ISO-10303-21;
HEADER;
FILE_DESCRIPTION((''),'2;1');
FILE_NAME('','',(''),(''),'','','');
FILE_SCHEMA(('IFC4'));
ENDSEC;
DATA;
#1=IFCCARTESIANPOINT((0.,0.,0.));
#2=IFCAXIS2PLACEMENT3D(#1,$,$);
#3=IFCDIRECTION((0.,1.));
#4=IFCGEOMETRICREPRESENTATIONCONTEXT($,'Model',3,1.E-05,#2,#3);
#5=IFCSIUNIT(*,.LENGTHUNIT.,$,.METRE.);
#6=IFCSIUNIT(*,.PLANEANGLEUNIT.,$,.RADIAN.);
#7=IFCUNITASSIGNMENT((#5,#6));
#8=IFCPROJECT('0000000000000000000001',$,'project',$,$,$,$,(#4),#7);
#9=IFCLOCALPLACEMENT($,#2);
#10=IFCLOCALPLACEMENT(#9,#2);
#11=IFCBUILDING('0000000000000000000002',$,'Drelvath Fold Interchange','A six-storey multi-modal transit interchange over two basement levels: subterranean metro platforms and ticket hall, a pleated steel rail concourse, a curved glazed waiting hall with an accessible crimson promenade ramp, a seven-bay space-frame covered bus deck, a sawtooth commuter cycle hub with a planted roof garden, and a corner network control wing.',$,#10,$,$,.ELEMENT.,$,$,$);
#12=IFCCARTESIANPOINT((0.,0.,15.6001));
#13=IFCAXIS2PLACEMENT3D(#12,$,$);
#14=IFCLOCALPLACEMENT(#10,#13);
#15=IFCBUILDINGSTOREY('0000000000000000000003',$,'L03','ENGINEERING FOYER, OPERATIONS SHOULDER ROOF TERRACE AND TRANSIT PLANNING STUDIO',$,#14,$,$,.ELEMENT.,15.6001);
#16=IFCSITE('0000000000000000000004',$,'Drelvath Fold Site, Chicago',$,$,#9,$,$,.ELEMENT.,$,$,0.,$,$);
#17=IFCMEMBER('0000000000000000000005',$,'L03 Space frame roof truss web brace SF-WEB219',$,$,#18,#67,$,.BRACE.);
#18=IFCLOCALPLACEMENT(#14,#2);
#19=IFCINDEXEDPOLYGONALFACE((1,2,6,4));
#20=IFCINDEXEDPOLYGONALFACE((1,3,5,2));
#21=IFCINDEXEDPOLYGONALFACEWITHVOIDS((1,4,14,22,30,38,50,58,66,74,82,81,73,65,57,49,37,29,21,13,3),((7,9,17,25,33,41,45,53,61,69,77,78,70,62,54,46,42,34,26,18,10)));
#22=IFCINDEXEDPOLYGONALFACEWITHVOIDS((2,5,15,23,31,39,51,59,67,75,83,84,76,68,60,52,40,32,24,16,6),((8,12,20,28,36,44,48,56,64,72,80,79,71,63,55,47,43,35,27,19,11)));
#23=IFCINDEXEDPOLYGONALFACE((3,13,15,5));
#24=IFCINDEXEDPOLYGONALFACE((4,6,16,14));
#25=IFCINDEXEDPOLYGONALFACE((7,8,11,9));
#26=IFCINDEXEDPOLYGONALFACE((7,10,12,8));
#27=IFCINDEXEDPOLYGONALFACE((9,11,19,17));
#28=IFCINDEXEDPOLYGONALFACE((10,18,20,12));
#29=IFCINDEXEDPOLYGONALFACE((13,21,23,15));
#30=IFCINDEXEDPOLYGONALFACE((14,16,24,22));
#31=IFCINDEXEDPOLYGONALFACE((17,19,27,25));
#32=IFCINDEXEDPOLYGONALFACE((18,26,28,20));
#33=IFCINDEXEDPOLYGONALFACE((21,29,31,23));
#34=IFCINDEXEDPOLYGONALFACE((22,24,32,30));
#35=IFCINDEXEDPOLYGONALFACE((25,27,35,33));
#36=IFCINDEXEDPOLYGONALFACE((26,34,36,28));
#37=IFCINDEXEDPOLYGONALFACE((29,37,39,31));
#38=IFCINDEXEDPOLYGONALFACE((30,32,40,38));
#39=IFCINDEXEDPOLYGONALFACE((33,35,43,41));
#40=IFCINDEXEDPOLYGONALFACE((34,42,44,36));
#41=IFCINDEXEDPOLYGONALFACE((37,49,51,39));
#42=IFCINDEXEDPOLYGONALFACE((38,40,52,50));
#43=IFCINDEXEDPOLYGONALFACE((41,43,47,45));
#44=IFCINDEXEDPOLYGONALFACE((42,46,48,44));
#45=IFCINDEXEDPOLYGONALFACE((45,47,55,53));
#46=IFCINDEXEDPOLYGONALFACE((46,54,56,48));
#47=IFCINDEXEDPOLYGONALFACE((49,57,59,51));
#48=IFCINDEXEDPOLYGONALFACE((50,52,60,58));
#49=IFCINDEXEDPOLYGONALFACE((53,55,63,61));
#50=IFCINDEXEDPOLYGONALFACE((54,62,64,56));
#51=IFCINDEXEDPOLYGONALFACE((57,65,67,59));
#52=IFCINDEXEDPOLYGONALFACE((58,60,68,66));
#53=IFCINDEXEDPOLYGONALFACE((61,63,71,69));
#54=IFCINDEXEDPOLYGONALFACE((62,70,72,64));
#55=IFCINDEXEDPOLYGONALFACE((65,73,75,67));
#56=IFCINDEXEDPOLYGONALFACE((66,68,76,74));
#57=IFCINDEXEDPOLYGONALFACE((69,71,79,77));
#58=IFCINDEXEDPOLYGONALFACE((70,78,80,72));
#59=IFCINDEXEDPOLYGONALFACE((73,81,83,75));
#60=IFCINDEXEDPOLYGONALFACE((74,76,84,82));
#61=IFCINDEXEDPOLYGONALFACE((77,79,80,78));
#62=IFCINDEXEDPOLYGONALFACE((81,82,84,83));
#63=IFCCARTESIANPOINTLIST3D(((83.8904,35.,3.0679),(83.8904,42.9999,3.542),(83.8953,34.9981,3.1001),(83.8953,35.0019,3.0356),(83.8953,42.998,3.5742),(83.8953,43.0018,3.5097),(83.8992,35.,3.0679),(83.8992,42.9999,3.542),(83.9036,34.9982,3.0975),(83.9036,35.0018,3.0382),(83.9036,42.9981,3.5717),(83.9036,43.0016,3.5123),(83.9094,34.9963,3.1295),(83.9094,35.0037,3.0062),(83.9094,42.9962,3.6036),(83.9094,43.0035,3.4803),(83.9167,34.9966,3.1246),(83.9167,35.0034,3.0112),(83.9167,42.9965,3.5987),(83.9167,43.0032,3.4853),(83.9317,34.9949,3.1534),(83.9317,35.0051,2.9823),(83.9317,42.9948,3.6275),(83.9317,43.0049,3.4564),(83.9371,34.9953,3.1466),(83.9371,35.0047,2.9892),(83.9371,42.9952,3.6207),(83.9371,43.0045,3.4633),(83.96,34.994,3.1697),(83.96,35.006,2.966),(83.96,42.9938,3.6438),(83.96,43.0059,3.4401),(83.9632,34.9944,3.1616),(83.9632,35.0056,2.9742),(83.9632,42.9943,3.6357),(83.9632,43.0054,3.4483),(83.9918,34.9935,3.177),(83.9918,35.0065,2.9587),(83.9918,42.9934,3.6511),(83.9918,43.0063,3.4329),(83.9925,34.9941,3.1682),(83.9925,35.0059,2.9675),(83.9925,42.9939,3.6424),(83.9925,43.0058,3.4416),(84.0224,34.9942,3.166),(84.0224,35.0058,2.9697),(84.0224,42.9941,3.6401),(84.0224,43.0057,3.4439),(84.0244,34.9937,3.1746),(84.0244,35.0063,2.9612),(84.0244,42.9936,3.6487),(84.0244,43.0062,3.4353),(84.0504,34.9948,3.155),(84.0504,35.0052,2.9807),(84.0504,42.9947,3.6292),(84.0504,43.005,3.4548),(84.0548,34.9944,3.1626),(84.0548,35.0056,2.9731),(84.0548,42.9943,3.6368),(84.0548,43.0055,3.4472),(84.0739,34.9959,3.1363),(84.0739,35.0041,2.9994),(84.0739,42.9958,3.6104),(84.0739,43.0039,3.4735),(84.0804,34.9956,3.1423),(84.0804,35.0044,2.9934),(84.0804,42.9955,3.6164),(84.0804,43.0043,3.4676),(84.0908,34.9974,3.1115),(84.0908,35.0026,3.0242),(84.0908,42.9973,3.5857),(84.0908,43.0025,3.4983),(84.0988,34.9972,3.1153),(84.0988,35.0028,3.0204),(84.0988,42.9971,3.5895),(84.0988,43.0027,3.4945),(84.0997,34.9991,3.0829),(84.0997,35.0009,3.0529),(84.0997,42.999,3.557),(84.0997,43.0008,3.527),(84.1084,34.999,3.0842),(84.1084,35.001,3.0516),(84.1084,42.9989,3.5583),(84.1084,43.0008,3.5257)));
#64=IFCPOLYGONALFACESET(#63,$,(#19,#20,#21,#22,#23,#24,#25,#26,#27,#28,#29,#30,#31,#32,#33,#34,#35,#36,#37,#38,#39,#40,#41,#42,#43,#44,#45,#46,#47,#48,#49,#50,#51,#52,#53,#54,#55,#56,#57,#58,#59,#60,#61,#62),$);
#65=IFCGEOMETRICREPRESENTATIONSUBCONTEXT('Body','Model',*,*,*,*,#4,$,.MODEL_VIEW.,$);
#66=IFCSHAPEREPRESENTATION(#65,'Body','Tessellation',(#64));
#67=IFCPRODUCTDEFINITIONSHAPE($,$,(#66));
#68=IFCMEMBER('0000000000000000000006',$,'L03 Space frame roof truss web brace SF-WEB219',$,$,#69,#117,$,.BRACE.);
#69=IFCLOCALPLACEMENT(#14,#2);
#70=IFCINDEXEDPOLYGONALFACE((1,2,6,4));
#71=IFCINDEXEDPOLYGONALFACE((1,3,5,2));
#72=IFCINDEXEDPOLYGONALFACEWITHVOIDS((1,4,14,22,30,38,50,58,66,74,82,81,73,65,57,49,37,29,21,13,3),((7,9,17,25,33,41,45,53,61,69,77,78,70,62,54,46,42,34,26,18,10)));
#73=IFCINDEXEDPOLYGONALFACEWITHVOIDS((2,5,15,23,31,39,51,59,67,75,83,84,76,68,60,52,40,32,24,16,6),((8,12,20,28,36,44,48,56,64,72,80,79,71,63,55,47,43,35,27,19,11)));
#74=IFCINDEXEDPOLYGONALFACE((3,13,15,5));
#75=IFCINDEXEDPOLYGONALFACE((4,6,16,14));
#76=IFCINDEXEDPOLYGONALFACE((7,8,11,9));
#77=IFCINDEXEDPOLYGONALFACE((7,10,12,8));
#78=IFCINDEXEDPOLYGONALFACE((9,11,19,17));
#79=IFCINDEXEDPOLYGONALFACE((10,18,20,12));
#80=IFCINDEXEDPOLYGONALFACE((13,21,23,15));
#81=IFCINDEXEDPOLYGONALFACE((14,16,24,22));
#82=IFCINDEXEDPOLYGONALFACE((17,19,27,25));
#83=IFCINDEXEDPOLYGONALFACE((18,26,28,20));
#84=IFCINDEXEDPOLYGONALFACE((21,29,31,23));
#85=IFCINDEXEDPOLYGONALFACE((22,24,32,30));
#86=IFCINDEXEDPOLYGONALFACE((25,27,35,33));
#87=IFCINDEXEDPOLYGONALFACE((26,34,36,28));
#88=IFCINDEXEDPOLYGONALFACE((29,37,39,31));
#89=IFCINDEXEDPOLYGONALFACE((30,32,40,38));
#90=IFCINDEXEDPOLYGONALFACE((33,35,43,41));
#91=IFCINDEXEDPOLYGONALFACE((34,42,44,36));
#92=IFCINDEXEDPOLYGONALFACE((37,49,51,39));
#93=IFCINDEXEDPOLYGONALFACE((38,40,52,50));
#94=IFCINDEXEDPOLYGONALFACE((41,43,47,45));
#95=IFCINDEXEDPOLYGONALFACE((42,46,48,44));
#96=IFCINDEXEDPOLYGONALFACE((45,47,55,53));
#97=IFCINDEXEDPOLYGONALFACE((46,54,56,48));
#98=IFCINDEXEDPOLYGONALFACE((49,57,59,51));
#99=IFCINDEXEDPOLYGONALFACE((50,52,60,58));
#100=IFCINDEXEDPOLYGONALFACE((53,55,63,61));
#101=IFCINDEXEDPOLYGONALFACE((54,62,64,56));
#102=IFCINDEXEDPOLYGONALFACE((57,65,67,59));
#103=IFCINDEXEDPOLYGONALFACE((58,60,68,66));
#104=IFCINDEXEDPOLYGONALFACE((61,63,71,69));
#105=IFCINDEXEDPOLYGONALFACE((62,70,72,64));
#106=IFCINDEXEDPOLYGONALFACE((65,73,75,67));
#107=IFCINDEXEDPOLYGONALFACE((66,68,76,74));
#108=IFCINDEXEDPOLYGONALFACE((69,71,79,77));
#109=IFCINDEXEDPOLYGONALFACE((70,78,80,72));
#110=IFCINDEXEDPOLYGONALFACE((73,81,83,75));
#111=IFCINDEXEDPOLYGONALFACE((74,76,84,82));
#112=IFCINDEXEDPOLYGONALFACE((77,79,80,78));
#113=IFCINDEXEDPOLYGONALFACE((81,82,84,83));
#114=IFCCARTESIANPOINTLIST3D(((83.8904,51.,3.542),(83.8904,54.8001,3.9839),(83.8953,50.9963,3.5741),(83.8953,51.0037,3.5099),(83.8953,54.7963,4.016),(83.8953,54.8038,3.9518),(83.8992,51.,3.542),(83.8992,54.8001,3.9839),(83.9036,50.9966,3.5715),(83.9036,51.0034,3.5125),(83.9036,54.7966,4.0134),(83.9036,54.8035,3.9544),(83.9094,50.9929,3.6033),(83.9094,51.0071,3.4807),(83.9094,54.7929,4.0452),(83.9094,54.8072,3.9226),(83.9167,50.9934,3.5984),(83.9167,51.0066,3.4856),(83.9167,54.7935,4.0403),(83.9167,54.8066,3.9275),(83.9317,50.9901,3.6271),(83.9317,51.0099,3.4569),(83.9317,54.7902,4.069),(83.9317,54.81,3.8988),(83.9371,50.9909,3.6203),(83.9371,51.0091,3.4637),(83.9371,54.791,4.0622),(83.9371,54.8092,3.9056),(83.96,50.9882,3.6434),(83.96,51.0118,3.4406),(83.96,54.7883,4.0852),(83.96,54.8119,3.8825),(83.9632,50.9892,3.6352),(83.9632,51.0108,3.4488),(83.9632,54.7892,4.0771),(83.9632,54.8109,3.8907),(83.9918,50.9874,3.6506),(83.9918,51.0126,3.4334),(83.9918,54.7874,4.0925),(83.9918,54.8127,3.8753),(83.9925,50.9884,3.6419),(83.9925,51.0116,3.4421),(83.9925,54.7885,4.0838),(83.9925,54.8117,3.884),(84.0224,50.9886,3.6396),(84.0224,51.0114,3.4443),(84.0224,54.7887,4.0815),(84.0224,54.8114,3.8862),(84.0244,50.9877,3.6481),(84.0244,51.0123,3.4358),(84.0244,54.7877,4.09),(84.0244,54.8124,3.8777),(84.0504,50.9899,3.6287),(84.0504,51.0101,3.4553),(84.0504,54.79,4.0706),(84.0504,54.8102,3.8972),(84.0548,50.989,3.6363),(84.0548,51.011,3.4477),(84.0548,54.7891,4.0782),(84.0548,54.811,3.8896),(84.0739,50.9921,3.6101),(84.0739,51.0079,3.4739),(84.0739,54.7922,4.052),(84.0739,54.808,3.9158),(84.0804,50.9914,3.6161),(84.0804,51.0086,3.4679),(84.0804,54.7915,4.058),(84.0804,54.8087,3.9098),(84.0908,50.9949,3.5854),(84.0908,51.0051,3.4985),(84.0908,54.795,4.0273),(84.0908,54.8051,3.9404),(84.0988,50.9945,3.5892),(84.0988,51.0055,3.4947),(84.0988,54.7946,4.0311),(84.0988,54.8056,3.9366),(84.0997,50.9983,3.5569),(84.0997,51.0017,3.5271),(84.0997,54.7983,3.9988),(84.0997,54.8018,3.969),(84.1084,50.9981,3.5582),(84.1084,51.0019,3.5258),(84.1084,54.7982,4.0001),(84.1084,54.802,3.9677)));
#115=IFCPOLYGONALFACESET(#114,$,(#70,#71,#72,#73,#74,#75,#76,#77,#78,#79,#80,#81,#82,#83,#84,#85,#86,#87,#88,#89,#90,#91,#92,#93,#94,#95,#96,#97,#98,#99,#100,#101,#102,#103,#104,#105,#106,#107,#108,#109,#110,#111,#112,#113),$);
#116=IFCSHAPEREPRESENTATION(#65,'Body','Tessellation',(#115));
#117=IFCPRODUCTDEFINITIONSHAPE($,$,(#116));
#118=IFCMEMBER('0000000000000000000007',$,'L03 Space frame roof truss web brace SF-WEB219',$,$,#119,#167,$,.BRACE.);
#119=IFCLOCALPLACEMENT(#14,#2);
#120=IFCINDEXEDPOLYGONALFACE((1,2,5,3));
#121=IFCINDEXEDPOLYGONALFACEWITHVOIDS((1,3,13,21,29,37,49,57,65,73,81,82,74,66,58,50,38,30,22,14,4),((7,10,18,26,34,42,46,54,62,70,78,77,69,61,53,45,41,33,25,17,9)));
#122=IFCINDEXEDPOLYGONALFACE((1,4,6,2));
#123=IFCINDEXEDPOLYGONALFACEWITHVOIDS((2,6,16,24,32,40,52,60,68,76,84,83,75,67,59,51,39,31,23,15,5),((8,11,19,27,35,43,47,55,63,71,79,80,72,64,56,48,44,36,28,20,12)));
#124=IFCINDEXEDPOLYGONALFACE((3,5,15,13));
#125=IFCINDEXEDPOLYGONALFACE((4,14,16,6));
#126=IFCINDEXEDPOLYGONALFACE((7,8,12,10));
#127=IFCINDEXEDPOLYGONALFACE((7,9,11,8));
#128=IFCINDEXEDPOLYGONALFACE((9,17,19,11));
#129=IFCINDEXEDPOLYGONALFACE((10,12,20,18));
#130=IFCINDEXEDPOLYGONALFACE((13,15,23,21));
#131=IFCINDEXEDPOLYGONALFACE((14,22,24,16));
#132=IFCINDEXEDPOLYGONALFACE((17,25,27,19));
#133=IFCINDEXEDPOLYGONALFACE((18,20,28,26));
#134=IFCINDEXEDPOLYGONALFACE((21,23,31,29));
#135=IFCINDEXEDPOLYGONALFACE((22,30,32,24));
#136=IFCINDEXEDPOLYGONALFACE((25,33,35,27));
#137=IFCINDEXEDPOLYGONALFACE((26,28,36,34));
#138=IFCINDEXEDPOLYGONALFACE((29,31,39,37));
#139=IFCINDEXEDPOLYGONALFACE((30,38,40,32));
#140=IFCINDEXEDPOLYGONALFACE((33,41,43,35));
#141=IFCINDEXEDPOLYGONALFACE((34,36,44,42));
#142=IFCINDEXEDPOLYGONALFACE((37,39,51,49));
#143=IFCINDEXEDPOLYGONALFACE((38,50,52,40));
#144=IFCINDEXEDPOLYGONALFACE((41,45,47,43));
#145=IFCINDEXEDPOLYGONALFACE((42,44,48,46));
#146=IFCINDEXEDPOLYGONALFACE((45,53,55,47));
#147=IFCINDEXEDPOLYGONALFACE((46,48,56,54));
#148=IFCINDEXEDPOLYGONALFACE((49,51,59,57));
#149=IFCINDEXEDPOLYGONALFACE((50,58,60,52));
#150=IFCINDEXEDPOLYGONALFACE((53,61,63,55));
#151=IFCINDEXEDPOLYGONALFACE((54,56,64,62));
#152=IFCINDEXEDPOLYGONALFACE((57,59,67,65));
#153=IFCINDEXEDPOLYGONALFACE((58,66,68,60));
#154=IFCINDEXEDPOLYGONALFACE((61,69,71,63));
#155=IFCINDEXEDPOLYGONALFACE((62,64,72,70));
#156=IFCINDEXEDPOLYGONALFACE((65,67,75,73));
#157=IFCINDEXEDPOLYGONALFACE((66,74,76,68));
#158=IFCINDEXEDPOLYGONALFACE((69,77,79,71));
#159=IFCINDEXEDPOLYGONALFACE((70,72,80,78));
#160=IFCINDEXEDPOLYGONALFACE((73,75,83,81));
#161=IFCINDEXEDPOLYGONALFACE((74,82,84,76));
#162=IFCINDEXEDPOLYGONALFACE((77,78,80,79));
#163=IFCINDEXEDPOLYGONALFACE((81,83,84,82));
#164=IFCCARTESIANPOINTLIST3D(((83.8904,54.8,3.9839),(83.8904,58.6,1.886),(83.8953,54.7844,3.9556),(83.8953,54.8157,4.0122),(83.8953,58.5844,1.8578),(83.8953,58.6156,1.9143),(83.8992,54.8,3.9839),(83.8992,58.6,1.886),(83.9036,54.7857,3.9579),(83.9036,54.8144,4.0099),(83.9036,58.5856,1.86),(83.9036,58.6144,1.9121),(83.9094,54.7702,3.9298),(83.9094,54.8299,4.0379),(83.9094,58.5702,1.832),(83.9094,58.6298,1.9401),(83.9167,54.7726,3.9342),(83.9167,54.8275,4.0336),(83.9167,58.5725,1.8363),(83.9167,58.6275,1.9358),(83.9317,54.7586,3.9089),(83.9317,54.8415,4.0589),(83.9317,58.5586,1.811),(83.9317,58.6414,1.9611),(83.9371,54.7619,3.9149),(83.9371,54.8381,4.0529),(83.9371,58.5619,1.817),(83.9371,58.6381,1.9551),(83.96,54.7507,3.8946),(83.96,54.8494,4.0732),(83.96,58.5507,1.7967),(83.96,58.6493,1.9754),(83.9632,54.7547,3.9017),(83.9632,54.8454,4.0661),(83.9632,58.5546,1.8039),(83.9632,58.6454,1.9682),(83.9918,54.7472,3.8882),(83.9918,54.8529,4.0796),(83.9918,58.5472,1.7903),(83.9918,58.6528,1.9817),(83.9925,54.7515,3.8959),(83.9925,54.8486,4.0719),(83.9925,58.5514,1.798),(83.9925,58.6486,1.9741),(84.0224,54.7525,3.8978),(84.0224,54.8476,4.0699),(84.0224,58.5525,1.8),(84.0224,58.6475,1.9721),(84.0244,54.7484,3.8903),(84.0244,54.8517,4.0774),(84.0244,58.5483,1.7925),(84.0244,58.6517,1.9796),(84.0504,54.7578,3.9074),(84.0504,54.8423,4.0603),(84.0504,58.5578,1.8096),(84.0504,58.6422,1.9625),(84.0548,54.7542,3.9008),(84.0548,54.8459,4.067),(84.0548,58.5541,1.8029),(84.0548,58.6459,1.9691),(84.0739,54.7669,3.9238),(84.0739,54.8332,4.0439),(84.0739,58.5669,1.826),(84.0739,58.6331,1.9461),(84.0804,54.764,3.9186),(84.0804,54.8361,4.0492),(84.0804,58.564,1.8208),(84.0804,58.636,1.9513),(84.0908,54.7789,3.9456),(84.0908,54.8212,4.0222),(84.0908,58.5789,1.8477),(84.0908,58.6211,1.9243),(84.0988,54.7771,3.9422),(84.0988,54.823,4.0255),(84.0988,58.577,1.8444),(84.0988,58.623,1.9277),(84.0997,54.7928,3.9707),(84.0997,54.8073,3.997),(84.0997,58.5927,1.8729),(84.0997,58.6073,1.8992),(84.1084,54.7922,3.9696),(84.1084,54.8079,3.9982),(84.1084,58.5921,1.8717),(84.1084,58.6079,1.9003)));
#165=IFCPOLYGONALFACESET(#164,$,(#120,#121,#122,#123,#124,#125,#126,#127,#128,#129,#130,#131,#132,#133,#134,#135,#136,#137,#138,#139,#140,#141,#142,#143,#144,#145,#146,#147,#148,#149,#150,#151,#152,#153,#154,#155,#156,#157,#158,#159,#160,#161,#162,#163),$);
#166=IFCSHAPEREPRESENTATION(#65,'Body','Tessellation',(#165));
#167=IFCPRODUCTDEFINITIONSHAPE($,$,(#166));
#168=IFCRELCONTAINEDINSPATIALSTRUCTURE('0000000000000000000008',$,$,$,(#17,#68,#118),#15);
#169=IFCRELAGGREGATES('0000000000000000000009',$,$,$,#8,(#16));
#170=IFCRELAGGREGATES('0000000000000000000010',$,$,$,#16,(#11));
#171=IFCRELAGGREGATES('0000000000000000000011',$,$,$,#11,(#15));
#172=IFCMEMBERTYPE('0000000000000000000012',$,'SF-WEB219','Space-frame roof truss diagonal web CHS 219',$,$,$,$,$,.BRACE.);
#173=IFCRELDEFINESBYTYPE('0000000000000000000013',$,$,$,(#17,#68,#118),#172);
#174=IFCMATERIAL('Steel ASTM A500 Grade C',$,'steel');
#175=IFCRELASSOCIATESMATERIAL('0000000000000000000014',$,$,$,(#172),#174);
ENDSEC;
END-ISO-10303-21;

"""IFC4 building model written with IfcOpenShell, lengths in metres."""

from ifc_helpers import new_model, si_unit, direction, frame, origin, origin_2d, place, context, subcontext, project, spatial, hollow_circle, extrude, material, material_profile, profile_set, type_object, element, save


model = new_model("IFC4")

# Units and contexts
model_context = context("Model", 3, precision=1e-05, world=origin(), true_north=direction((0.0, 1.0)))
body_context = subcontext(model_context, "Body", "Model", "MODEL_VIEW")
ifc_project = project(units=[si_unit("LENGTHUNIT", "METRE"), si_unit("PLANEANGLEUNIT", "RADIAN")], contexts=[model_context])

# Site, building, storey
site_placement = place(None, origin())
site = spatial("IfcSite", under=ifc_project, at=site_placement, Name="Drelvath Fold Site, Chicago", CompositionType="ELEMENT", RefElevation=0.0)
building_placement = place(site_placement, origin())
building = spatial("IfcBuilding", under=site, at=building_placement, Name="Drelvath Fold Interchange", Description="A six-storey multi-modal transit interchange over two basement levels: subterranean metro platforms and ticket hall, a pleated steel rail concourse, a curved glazed waiting hall with an accessible crimson promenade ramp, a seven-bay space-frame covered bus deck, a sawtooth commuter cycle hub with a planted roof garden, and a corner network control wing.", CompositionType="ELEMENT")
storey_placement = place(building_placement, frame((0.0, 0.0, 15.6001)))
storey = spatial("IfcBuildingStorey", under=building, at=storey_placement, Name="L03", Description="ENGINEERING FOYER, OPERATIONS SHOULDER ROOF TERRACE AND TRANSIT PLANNING STUDIO", CompositionType="ELEMENT", Elevation=15.6001)

# Shared definitions
ifc_material_1 = material(Name="Steel ASTM A500 Grade C", Category="steel")

# Members
ifc_material_profile_1 = material_profile(ifc_material_1, hollow_circle(Radius=0.1096, WallThickness=0.0088, at=origin_2d()), Name="HSS8.625X0.375")
ifc_profile_set_1 = profile_set([ifc_material_profile_1], Name="Steel ASTM A500 Grade C")
member_type_1 = type_object("IfcMemberType", Name="SF-WEB219", Description="Space-frame roof truss diagonal web CHS 219", PredefinedType="BRACE", material=ifc_profile_set_1)
member_1_placement = place(storey_placement, frame((84.0, 35.0, 3.0679), z_axis=(0.0, 0.998248, 0.059161), x_axis=(-1.0, 0.0, 0.0)))
element("IfcMember", 1, at=member_1_placement, inside=storey, type_object=member_type_1, Name="L03 Space frame roof truss web brace SF-WEB219", PredefinedType="BRACE", context=body_context, shape_type="SweptSolid", body=[
    extrude(hollow_circle(Radius=0.1096, WallThickness=0.0088, at=origin_2d()), origin(), (0.0, 0.0, 1.0), 8.0139),
])
member_2_placement = place(storey_placement, frame((84.0, 51.0, 3.542), z_axis=(0.0, 0.993307, 0.115508), x_axis=(-1.0, 0.0, 0.0)))
element("IfcMember", 2, at=member_2_placement, inside=storey, type_object=member_type_1, Name="L03 Space frame roof truss web brace SF-WEB219", PredefinedType="BRACE", context=body_context, shape_type="SweptSolid", body=[
    extrude(hollow_circle(Radius=0.1096, WallThickness=0.0088, at=origin_2d()), origin(), (0.0, 0.0, 1.0), 3.8257),
])
member_3_placement = place(storey_placement, frame((84.0, 54.8, 3.9839), z_axis=(0.0, 0.875449, -0.483311), x_axis=(-1.0, 0.0, 0.0)))
element("IfcMember", 3, at=member_3_placement, inside=storey, type_object=member_type_1, Name="L03 Space frame roof truss web brace SF-WEB219", PredefinedType="BRACE", context=body_context, shape_type="SweptSolid", body=[
    extrude(hollow_circle(Radius=0.1096, WallThickness=0.0088, at=origin_2d()), origin(), (0.0, 0.0, 1.0), 4.3406),
])

save(model, "model.ifc")
